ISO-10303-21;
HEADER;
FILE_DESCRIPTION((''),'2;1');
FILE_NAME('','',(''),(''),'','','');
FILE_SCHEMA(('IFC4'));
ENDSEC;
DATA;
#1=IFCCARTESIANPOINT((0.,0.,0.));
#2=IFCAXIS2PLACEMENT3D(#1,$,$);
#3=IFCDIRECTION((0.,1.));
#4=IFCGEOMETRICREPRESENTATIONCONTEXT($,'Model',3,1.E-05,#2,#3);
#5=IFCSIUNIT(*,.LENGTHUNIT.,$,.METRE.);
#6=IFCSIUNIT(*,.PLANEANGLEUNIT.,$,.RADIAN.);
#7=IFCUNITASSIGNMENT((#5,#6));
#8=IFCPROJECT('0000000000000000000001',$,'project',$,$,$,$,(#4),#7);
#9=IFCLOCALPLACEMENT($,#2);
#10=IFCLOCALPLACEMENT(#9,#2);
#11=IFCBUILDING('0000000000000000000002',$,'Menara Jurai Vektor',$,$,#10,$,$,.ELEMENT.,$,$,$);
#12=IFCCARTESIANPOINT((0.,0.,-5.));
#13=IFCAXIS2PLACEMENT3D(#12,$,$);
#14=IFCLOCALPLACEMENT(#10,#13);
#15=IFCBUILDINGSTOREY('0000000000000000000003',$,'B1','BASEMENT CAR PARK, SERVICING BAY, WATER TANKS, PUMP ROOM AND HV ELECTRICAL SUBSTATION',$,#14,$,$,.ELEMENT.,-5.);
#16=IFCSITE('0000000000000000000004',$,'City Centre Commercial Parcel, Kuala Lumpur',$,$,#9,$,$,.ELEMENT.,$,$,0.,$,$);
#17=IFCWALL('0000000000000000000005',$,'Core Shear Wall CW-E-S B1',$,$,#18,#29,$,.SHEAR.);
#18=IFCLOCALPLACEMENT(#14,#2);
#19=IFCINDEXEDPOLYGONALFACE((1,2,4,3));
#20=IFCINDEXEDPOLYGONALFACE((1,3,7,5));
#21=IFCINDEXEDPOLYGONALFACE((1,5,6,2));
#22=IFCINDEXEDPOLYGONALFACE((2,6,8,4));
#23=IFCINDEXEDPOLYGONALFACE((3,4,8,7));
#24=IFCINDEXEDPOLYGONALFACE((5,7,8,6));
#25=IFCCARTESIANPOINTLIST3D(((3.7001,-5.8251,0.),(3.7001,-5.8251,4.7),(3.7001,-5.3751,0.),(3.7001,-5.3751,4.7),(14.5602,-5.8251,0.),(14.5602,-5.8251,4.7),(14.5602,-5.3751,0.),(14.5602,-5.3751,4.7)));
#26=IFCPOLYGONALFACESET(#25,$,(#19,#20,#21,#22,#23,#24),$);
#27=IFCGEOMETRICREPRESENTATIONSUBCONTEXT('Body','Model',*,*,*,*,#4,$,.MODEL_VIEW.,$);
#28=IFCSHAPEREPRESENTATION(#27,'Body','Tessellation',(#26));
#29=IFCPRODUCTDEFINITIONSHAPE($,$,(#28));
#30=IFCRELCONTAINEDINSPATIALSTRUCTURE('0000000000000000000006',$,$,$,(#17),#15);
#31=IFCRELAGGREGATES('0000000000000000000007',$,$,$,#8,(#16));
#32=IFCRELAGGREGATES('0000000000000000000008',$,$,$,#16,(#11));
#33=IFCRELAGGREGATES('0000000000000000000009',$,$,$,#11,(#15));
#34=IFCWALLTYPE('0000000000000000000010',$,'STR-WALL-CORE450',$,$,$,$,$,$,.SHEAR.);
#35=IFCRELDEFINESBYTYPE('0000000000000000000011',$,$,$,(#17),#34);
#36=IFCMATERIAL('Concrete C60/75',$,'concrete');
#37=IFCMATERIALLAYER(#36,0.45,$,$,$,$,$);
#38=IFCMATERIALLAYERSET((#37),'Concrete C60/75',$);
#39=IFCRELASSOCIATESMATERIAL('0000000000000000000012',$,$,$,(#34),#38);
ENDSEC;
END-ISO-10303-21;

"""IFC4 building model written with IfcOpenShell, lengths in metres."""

from ifc_helpers import new_model, si_unit, direction, frame, frame_2d, origin, place, context, subcontext, project, spatial, rectangle, extrude, material, layer, layer_set, type_object, element, save


model = new_model("IFC4")

# Units and contexts
model_context = context("Model", 3, precision=1e-05, world=origin(), true_north=direction((0.0, 1.0)))
body_context = subcontext(model_context, "Body", "Model", "MODEL_VIEW")
ifc_project = project(units=[si_unit("LENGTHUNIT", "METRE"), si_unit("PLANEANGLEUNIT", "RADIAN")], contexts=[model_context])

# Site, building, storey
site_placement = place(None, origin())
site = spatial("IfcSite", under=ifc_project, at=site_placement, Name="City Centre Commercial Parcel, Kuala Lumpur", CompositionType="ELEMENT", RefElevation=0.0)
building_placement = place(site_placement, origin())
building = spatial("IfcBuilding", under=site, at=building_placement, Name="Menara Jurai Vektor", CompositionType="ELEMENT")
storey_placement = place(building_placement, frame((0.0, 0.0, -5.0)))
storey = spatial("IfcBuildingStorey", under=building, at=storey_placement, Name="B1", Description="BASEMENT CAR PARK, SERVICING BAY, WATER TANKS, PUMP ROOM AND HV ELECTRICAL SUBSTATION", CompositionType="ELEMENT", Elevation=-5.0)

# Shared definitions
ifc_material_1 = material(Name="Concrete C60/75", Category="concrete")

# Wall
ifc_layer_1 = layer(ifc_material_1, 0.45)
ifc_layer_set_1 = layer_set([ifc_layer_1], Name="Concrete C60/75")
wall_type_1 = type_object("IfcWallType", Name="STR-WALL-CORE450", PredefinedType="SHEAR", material=ifc_layer_set_1)
wall_1_placement = place(storey_placement, frame((3.7, -5.6001, 0.0), z_axis=(0.0, 0.0, 1.0), x_axis=(1.0, 0.0, 0.0)))
element("IfcWall", 1, at=wall_1_placement, inside=storey, type_object=wall_type_1, Name="Core Shear Wall CW-E-S B1", PredefinedType="SHEAR", context=body_context, shape_type="SweptSolid", body=[
    extrude(rectangle(XDim=10.8601, YDim=0.45, at=frame_2d((5.4302, 0.0))), origin(), (0.0, 0.0, 1.0), 4.7),
])

save(model, "model.ifc")
